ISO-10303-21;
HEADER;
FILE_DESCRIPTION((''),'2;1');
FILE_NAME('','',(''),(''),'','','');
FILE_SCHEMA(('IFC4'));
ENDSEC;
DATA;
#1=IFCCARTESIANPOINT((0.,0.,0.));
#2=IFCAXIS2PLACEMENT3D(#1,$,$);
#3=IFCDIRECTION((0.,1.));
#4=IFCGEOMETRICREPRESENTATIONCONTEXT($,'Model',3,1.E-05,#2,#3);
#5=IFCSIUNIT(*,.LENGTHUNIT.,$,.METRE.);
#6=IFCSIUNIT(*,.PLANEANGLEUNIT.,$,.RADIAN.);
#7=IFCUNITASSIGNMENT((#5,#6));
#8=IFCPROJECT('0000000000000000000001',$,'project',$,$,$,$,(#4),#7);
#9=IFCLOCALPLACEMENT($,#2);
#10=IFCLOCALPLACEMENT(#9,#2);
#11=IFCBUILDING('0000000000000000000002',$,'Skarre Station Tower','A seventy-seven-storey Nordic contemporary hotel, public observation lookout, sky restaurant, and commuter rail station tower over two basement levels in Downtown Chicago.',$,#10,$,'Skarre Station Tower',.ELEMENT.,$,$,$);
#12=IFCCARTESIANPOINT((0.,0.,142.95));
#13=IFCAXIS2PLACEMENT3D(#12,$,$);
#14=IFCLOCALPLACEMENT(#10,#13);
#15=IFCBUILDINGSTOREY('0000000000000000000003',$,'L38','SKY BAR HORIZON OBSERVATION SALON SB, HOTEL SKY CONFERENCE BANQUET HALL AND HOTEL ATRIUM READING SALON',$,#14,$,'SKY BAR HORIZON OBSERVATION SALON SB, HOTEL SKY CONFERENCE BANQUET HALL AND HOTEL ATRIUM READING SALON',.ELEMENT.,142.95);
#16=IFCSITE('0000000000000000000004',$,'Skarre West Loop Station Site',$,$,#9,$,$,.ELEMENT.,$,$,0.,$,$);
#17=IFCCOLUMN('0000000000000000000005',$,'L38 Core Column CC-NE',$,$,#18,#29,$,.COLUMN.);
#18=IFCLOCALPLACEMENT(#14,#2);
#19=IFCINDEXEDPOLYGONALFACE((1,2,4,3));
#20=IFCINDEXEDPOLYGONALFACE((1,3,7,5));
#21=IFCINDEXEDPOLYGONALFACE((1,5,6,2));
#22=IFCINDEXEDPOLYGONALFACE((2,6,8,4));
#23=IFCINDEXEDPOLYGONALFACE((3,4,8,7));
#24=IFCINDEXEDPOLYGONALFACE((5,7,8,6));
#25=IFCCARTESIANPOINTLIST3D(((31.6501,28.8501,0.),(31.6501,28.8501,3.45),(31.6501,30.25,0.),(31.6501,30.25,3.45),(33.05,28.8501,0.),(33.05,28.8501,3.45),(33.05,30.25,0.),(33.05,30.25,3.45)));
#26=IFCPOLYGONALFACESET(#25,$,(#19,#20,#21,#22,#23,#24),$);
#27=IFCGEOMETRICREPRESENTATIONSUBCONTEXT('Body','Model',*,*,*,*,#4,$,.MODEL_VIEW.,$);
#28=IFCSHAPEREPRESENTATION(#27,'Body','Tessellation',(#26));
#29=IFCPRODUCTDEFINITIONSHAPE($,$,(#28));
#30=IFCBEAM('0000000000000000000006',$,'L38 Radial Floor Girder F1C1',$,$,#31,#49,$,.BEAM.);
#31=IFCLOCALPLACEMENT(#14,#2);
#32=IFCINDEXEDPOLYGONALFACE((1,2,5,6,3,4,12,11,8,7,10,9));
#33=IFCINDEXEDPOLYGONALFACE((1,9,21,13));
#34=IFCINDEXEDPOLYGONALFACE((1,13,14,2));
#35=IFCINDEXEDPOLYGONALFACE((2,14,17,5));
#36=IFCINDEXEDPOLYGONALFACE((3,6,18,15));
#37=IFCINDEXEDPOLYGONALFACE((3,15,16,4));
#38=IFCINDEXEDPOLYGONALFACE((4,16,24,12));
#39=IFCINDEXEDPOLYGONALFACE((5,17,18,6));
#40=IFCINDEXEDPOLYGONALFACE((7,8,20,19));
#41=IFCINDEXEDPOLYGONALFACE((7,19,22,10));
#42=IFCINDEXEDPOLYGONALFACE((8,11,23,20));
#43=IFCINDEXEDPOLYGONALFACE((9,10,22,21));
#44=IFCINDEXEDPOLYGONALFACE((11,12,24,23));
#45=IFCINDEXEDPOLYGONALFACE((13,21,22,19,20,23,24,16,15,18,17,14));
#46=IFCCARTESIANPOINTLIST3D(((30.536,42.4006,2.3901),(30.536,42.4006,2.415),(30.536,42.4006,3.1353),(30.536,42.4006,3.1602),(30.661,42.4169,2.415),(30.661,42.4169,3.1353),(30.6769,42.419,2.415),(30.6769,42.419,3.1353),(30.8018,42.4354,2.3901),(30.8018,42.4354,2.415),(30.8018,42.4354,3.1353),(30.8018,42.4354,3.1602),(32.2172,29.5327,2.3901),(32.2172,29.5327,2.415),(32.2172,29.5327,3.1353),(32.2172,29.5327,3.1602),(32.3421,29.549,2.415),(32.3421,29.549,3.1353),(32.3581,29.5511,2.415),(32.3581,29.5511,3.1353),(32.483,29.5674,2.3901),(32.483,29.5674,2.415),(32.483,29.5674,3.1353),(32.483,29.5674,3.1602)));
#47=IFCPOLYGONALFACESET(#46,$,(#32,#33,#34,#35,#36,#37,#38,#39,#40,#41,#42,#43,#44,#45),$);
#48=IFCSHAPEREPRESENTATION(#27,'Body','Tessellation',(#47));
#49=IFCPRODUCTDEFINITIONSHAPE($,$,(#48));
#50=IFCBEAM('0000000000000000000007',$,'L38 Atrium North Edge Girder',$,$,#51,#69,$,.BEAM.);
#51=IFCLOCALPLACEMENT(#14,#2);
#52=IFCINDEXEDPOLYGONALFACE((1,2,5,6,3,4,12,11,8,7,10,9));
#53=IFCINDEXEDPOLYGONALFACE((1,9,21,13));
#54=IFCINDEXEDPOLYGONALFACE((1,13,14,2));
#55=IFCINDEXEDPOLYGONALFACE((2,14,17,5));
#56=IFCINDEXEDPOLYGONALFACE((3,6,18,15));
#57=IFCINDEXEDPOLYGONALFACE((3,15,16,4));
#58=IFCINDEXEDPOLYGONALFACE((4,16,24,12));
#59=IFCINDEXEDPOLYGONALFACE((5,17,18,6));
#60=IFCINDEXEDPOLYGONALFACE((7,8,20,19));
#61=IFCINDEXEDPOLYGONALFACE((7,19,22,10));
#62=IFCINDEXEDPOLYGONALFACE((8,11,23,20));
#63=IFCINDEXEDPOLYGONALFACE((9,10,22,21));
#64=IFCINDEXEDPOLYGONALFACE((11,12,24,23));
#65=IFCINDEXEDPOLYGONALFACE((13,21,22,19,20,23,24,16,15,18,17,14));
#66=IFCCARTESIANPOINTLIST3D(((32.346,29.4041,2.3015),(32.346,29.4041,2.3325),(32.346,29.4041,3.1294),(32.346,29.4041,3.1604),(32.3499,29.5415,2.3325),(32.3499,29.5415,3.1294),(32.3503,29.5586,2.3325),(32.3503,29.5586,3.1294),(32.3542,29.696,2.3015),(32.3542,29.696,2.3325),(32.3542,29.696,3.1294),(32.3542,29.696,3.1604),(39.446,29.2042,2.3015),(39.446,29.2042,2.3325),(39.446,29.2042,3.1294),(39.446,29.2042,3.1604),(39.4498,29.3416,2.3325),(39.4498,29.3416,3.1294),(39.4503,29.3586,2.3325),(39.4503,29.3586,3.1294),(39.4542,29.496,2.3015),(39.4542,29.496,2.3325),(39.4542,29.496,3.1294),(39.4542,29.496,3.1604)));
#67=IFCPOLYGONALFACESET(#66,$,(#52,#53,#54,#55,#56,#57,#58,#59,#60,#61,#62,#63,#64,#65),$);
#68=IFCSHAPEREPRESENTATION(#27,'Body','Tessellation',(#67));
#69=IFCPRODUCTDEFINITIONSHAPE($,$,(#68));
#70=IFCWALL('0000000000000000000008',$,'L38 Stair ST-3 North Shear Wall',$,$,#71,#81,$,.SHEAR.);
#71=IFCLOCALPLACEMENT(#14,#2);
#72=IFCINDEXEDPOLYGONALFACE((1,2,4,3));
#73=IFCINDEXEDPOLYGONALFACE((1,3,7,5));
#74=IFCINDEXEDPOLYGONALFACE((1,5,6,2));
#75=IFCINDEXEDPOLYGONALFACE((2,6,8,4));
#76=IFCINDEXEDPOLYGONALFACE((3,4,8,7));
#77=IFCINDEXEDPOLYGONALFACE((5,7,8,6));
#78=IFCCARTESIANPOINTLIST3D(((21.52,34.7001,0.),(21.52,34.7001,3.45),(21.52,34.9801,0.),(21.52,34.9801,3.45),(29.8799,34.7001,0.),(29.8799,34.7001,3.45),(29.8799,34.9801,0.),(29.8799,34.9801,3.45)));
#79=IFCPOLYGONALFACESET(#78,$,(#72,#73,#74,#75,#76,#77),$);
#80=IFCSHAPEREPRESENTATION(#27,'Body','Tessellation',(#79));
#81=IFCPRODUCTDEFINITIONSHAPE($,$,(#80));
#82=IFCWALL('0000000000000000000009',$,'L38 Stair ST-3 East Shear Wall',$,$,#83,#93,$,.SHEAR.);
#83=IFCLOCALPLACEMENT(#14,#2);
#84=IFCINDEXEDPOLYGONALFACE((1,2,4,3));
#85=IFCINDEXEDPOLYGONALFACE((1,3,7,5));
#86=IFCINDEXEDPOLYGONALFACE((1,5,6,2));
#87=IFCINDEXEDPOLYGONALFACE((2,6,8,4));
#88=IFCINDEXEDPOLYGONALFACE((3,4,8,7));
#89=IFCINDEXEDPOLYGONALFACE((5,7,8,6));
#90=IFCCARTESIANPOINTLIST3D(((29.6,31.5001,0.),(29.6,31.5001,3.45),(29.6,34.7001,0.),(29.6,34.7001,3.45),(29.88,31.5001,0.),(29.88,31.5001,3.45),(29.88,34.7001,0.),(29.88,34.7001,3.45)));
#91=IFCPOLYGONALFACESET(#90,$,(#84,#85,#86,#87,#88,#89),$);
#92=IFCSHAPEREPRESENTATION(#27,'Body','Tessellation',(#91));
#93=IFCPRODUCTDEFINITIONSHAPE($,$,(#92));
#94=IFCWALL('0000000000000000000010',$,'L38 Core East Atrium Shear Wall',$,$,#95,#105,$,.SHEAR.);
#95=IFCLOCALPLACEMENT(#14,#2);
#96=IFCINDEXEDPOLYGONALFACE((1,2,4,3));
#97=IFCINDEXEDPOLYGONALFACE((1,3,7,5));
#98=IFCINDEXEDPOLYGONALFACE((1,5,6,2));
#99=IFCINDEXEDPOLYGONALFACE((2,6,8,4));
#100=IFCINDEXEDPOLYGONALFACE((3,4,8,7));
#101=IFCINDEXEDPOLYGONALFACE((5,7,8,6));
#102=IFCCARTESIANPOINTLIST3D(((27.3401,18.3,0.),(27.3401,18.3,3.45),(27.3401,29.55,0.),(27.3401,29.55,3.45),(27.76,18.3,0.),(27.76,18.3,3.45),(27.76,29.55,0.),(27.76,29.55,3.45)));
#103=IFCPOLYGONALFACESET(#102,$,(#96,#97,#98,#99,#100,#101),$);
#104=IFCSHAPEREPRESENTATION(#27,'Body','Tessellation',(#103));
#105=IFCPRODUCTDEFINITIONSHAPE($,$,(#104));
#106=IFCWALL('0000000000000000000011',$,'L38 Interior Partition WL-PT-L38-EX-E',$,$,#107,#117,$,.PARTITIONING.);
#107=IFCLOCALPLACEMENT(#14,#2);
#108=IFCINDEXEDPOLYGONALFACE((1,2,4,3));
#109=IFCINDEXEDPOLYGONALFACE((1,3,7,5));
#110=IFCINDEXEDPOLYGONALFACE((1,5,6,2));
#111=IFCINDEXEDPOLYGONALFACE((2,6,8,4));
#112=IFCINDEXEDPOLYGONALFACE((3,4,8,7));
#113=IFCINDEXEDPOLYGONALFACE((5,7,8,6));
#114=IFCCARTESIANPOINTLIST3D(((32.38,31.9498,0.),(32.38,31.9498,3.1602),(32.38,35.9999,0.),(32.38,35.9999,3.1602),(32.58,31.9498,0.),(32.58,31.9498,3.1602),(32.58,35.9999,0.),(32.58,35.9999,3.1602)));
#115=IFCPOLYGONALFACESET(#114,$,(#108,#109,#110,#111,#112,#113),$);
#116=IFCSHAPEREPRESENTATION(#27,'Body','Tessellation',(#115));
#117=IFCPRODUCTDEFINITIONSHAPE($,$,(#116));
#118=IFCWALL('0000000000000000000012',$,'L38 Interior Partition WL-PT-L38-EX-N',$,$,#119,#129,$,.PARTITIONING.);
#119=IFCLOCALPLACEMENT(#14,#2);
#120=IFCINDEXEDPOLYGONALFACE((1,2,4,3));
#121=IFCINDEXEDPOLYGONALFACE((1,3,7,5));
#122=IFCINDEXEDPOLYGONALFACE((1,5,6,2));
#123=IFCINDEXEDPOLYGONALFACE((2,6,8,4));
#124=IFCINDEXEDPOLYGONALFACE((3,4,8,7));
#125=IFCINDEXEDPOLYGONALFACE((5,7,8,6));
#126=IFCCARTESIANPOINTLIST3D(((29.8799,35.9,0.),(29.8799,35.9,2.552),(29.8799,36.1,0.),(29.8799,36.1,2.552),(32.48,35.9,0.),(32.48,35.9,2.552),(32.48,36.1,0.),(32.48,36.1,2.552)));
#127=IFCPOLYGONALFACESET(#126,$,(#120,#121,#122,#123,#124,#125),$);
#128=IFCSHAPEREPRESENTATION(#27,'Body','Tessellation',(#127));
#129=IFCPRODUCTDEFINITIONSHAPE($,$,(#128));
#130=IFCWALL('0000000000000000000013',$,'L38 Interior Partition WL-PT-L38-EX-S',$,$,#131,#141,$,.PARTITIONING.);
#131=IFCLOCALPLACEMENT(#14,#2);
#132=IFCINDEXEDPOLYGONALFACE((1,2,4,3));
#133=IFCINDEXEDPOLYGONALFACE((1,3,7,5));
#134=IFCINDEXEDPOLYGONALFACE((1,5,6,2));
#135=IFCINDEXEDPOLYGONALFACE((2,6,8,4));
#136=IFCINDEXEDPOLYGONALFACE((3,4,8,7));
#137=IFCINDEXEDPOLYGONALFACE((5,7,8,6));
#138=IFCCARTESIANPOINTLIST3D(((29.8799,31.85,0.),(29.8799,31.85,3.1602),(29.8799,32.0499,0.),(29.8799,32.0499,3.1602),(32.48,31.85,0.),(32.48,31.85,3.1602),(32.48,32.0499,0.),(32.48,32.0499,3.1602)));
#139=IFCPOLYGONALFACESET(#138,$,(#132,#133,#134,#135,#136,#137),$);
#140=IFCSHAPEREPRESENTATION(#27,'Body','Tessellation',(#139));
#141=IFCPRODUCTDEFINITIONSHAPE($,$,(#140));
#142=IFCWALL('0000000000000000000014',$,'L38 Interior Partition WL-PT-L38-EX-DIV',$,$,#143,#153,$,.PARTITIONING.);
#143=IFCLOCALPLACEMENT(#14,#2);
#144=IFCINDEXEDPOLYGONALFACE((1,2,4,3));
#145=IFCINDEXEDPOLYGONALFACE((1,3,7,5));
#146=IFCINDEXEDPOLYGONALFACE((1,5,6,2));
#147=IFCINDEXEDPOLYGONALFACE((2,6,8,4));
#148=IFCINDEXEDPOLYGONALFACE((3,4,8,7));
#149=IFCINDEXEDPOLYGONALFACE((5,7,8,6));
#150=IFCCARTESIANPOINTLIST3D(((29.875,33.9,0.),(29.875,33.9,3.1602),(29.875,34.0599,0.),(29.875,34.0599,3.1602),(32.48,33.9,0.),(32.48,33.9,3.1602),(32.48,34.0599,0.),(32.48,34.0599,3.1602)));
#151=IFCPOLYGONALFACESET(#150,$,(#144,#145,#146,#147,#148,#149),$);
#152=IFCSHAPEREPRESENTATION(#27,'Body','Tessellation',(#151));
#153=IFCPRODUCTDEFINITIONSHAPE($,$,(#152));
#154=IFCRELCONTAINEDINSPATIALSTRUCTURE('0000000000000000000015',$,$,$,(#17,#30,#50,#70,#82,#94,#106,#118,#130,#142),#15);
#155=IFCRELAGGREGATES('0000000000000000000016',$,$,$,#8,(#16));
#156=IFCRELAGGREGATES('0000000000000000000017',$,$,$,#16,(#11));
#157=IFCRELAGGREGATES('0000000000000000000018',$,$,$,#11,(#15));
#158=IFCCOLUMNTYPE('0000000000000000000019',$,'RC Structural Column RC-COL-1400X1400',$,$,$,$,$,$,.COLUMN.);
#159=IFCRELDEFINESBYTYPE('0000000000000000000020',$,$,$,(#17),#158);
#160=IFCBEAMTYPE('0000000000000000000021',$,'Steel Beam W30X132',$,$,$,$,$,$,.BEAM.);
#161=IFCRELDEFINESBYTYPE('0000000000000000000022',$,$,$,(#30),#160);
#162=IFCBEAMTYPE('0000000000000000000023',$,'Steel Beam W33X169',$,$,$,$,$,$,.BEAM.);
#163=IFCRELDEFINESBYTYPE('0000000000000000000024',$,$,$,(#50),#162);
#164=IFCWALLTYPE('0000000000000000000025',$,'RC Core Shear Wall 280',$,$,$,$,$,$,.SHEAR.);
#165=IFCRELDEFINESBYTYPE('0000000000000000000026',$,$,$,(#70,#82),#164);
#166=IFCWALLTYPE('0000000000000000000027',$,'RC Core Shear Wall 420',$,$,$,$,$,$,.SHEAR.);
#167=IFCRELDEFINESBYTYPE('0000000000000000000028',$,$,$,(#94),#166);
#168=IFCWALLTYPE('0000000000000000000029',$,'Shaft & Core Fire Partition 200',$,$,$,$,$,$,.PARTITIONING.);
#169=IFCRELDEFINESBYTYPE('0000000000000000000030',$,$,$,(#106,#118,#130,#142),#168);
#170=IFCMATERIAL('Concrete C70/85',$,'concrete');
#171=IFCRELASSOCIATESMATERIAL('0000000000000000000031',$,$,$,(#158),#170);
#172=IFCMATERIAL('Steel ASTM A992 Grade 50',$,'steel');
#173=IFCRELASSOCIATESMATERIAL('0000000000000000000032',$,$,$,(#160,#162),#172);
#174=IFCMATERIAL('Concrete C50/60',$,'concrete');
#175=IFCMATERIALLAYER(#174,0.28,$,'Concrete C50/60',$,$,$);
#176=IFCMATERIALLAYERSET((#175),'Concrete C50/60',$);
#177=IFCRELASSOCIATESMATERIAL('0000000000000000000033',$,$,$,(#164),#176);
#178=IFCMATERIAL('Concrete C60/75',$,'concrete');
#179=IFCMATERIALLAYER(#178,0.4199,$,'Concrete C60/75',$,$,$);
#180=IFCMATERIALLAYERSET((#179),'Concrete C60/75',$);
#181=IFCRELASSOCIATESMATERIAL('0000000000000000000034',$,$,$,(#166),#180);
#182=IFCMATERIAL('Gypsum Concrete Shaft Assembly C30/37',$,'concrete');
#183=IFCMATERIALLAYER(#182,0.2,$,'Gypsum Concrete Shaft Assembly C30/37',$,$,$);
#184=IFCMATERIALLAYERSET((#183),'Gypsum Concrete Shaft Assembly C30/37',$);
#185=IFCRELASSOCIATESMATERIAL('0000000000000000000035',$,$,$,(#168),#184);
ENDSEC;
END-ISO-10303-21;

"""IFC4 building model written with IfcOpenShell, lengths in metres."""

from ifc_helpers import new_model, si_unit, direction, frame, frame_2d, origin, origin_2d, place, context, subcontext, project, spatial, rectangle, i_section, extrude, material, layer, layer_set, material_profile, profile_set, type_object, element, save


model = new_model("IFC4")

# Units and contexts
model_context = context("Model", 3, precision=1e-05, world=origin(), true_north=direction((0.0, 1.0)))
body_context = subcontext(model_context, "Body", "Model", "MODEL_VIEW")
ifc_project = project(units=[si_unit("LENGTHUNIT", "METRE"), si_unit("PLANEANGLEUNIT", "RADIAN")], contexts=[model_context])

# Site, building, storey
site_placement = place(None, origin())
site = spatial("IfcSite", under=ifc_project, at=site_placement, Name="Skarre West Loop Station Site", CompositionType="ELEMENT", RefElevation=0.0)
building_placement = place(site_placement, origin())
building = spatial("IfcBuilding", under=site, at=building_placement, Name="Skarre Station Tower", Description="A seventy-seven-storey Nordic contemporary hotel, public observation lookout, sky restaurant, and commuter rail station tower over two basement levels in Downtown Chicago.", LongName="Skarre Station Tower", CompositionType="ELEMENT")
storey_placement = place(building_placement, frame((0.0, 0.0, 142.95)))
storey = spatial("IfcBuildingStorey", under=building, at=storey_placement, Name="L38", Description="SKY BAR HORIZON OBSERVATION SALON SB, HOTEL SKY CONFERENCE BANQUET HALL AND HOTEL ATRIUM READING SALON", LongName="SKY BAR HORIZON OBSERVATION SALON SB, HOTEL SKY CONFERENCE BANQUET HALL AND HOTEL ATRIUM READING SALON", CompositionType="ELEMENT", Elevation=142.95)

# Column
ifc_material_1 = material(Name="Concrete C70/85", Category="concrete")
ifc_material_profile_1 = material_profile(ifc_material_1, rectangle(XDim=1.3999, YDim=1.3999, at=origin_2d()), Name="Concrete C70/85")
ifc_profile_set_1 = profile_set([ifc_material_profile_1], Name="Concrete C70/85")
column_type = type_object("IfcColumnType", Name="RC Structural Column RC-COL-1400X1400", PredefinedType="COLUMN", material=ifc_profile_set_1)
column_placement = place(storey_placement, frame((32.3501, 29.55, 0.0), z_axis=(0.0, 0.0, 1.0), x_axis=(1.0, 0.0, 0.0)))
element("IfcColumn", 1, at=column_placement, inside=storey, type_object=column_type, Name="L38 Core Column CC-NE", PredefinedType="COLUMN", context=body_context, shape_type="SweptSolid", body=[
    extrude(rectangle(XDim=1.3999, YDim=1.3999, at=origin_2d()), origin(), (0.0, 0.0, 1.0), 3.45),
])

# Beams
ifc_material_2 = material(Name="Steel ASTM A992 Grade 50", Category="steel")
ifc_material_profile_2 = material_profile(ifc_material_2, i_section(OverallWidth=0.2681, OverallDepth=0.77, WebThickness=0.0161, FlangeThickness=0.0249, at=origin_2d()), Name="Steel ASTM A992 Grade 50")
ifc_profile_set_2 = profile_set([ifc_material_profile_2], Name="Steel ASTM A992 Grade 50")
beam_type_1 = type_object("IfcBeamType", Name="Steel Beam W30X132", PredefinedType="BEAM", material=ifc_profile_set_2)
beam_1_placement = place(storey_placement, frame((32.3501, 29.55, 2.7751), z_axis=(-0.129546, 0.991573, 0.0), x_axis=(-0.991573, -0.129546, 0.0)))
element("IfcBeam", 2, at=beam_1_placement, inside=storey, type_object=beam_type_1, Name="L38 Radial Floor Girder F1C1", PredefinedType="BEAM", context=body_context, shape_type="SweptSolid", body=[
    extrude(i_section(OverallWidth=0.2681, OverallDepth=0.77, WebThickness=0.0161, FlangeThickness=0.0249, at=origin_2d()), origin(), (0.0, 0.0, 1.0), 12.9773),
])
ifc_material_profile_3 = material_profile(ifc_material_2, i_section(OverallWidth=0.292, OverallDepth=0.8589, WebThickness=0.0171, FlangeThickness=0.031, at=origin_2d()), Name="Steel ASTM A992 Grade 50")
ifc_profile_set_3 = profile_set([ifc_material_profile_3], Name="Steel ASTM A992 Grade 50")
beam_type_2 = type_object("IfcBeamType", Name="Steel Beam W33X169", PredefinedType="BEAM", material=ifc_profile_set_3)
beam_2_placement = place(storey_placement, frame((32.3501, 29.55, 2.731), z_axis=(0.999604, -0.028152, 0.0), x_axis=(0.028152, 0.999604, 0.0)))
element("IfcBeam", 3, at=beam_2_placement, inside=storey, type_object=beam_type_2, Name="L38 Atrium North Edge Girder", PredefinedType="BEAM", context=body_context, shape_type="SweptSolid", body=[
    extrude(i_section(OverallWidth=0.292, OverallDepth=0.8589, WebThickness=0.0171, FlangeThickness=0.031, at=origin_2d()), origin(), (0.0, 0.0, 1.0), 7.1028),
])

# Walls
ifc_material_3 = material(Name="Concrete C50/60", Category="concrete")
ifc_layer_1 = layer(ifc_material_3, 0.28, Name="Concrete C50/60")
ifc_layer_set_1 = layer_set([ifc_layer_1], Name="Concrete C50/60")
wall_type_1 = type_object("IfcWallType", Name="RC Core Shear Wall 280", PredefinedType="SHEAR", material=ifc_layer_set_1)
wall_1_placement = place(storey_placement, frame((29.8799, 34.8401, 0.0), z_axis=(0.0, 0.0, 1.0), x_axis=(-1.0, 0.0, 0.0)))
element("IfcWall", 4, at=wall_1_placement, inside=storey, type_object=wall_type_1, Name="L38 Stair ST-3 North Shear Wall", PredefinedType="SHEAR", context=body_context, shape_type="SweptSolid", body=[
    extrude(rectangle(XDim=8.3599, YDim=0.28, at=frame_2d((4.1799, 0.0))), origin(), (0.0, 0.0, 1.0), 3.45),
])
wall_2_placement = place(storey_placement, frame((29.74, 31.5, 0.0), z_axis=(0.0, 0.0, 1.0), x_axis=(0.0, 1.0, 0.0)))
element("IfcWall", 5, at=wall_2_placement, inside=storey, type_object=wall_type_1, Name="L38 Stair ST-3 East Shear Wall", PredefinedType="SHEAR", context=body_context, shape_type="SweptSolid", body=[
    extrude(rectangle(XDim=3.2, YDim=0.28, at=frame_2d((1.6001, 0.0))), origin(), (0.0, 0.0, 1.0), 3.45),
])
ifc_material_4 = material(Name="Concrete C60/75", Category="concrete")
ifc_layer_2 = layer(ifc_material_4, 0.4199, Name="Concrete C60/75")
ifc_layer_set_2 = layer_set([ifc_layer_2], Name="Concrete C60/75")
wall_type_2 = type_object("IfcWallType", Name="RC Core Shear Wall 420", PredefinedType="SHEAR", material=ifc_layer_set_2)
wall_3_placement = place(storey_placement, frame((27.55, 29.55, 0.0), z_axis=(0.0, 0.0, 1.0), x_axis=(0.0, -1.0, 0.0)))
element("IfcWall", 6, at=wall_3_placement, inside=storey, type_object=wall_type_2, Name="L38 Core East Atrium Shear Wall", PredefinedType="SHEAR", context=body_context, shape_type="SweptSolid", body=[
    extrude(rectangle(XDim=11.25, YDim=0.4199, at=frame_2d((5.625, 0.0))), origin(), (0.0, 0.0, 1.0), 3.45),
])
ifc_material_5 = material(Name="Gypsum Concrete Shaft Assembly C30/37", Category="concrete")
ifc_layer_3 = layer(ifc_material_5, 0.2, Name="Gypsum Concrete Shaft Assembly C30/37")
ifc_layer_set_3 = layer_set([ifc_layer_3], Name="Gypsum Concrete Shaft Assembly C30/37")
wall_type_3 = type_object("IfcWallType", Name="Shaft & Core Fire Partition 200", PredefinedType="PARTITIONING", material=ifc_layer_set_3)
wall_4_placement = place(storey_placement, frame((32.48, 31.95, 0.0), z_axis=(0.0, 0.0, 1.0), x_axis=(0.0, 1.0, 0.0)))
element("IfcWall", 7, at=wall_4_placement, inside=storey, type_object=wall_type_3, Name="L38 Interior Partition WL-PT-L38-EX-E", PredefinedType="PARTITIONING", context=body_context, shape_type="SweptSolid", body=[
    extrude(rectangle(XDim=4.05, YDim=0.2, at=frame_2d((2.0249, 0.0))), origin(), (0.0, 0.0, 1.0), 3.1602),
])
wall_5_placement = place(storey_placement, frame((29.8799, 36.0, 0.0), z_axis=(0.0, 0.0, 1.0), x_axis=(1.0, 0.0, 0.0)))
element("IfcWall", 8, at=wall_5_placement, inside=storey, type_object=wall_type_3, Name="L38 Interior Partition WL-PT-L38-EX-N", PredefinedType="PARTITIONING", context=body_context, shape_type="SweptSolid", body=[
    extrude(rectangle(XDim=2.6001, YDim=0.2, at=frame_2d((1.3, 0.0))), origin(), (0.0, 0.0, 1.0), 2.552),
])
wall_6_placement = place(storey_placement, frame((32.48, 31.95, 0.0), z_axis=(0.0, 0.0, 1.0), x_axis=(-1.0, 0.0, 0.0)))
element("IfcWall", 9, at=wall_6_placement, inside=storey, type_object=wall_type_3, Name="L38 Interior Partition WL-PT-L38-EX-S", PredefinedType="PARTITIONING", context=body_context, shape_type="SweptSolid", body=[
    extrude(rectangle(XDim=2.6001, YDim=0.2, at=frame_2d((1.3, 0.0))), origin(), (0.0, 0.0, 1.0), 3.1602),
])
wall_7_placement = place(storey_placement, frame((29.875, 33.98, 0.0), z_axis=(0.0, 0.0, 1.0), x_axis=(1.0, 0.0, 0.0)))
element("IfcWall", 10, at=wall_7_placement, inside=storey, type_object=wall_type_3, Name="L38 Interior Partition WL-PT-L38-EX-DIV", PredefinedType="PARTITIONING", context=body_context, shape_type="SweptSolid", body=[
    extrude(rectangle(XDim=2.605, YDim=0.1599, at=frame_2d((1.3025, 0.0))), origin(), (0.0, 0.0, 1.0), 3.1602),
])

save(model, "model.ifc")
